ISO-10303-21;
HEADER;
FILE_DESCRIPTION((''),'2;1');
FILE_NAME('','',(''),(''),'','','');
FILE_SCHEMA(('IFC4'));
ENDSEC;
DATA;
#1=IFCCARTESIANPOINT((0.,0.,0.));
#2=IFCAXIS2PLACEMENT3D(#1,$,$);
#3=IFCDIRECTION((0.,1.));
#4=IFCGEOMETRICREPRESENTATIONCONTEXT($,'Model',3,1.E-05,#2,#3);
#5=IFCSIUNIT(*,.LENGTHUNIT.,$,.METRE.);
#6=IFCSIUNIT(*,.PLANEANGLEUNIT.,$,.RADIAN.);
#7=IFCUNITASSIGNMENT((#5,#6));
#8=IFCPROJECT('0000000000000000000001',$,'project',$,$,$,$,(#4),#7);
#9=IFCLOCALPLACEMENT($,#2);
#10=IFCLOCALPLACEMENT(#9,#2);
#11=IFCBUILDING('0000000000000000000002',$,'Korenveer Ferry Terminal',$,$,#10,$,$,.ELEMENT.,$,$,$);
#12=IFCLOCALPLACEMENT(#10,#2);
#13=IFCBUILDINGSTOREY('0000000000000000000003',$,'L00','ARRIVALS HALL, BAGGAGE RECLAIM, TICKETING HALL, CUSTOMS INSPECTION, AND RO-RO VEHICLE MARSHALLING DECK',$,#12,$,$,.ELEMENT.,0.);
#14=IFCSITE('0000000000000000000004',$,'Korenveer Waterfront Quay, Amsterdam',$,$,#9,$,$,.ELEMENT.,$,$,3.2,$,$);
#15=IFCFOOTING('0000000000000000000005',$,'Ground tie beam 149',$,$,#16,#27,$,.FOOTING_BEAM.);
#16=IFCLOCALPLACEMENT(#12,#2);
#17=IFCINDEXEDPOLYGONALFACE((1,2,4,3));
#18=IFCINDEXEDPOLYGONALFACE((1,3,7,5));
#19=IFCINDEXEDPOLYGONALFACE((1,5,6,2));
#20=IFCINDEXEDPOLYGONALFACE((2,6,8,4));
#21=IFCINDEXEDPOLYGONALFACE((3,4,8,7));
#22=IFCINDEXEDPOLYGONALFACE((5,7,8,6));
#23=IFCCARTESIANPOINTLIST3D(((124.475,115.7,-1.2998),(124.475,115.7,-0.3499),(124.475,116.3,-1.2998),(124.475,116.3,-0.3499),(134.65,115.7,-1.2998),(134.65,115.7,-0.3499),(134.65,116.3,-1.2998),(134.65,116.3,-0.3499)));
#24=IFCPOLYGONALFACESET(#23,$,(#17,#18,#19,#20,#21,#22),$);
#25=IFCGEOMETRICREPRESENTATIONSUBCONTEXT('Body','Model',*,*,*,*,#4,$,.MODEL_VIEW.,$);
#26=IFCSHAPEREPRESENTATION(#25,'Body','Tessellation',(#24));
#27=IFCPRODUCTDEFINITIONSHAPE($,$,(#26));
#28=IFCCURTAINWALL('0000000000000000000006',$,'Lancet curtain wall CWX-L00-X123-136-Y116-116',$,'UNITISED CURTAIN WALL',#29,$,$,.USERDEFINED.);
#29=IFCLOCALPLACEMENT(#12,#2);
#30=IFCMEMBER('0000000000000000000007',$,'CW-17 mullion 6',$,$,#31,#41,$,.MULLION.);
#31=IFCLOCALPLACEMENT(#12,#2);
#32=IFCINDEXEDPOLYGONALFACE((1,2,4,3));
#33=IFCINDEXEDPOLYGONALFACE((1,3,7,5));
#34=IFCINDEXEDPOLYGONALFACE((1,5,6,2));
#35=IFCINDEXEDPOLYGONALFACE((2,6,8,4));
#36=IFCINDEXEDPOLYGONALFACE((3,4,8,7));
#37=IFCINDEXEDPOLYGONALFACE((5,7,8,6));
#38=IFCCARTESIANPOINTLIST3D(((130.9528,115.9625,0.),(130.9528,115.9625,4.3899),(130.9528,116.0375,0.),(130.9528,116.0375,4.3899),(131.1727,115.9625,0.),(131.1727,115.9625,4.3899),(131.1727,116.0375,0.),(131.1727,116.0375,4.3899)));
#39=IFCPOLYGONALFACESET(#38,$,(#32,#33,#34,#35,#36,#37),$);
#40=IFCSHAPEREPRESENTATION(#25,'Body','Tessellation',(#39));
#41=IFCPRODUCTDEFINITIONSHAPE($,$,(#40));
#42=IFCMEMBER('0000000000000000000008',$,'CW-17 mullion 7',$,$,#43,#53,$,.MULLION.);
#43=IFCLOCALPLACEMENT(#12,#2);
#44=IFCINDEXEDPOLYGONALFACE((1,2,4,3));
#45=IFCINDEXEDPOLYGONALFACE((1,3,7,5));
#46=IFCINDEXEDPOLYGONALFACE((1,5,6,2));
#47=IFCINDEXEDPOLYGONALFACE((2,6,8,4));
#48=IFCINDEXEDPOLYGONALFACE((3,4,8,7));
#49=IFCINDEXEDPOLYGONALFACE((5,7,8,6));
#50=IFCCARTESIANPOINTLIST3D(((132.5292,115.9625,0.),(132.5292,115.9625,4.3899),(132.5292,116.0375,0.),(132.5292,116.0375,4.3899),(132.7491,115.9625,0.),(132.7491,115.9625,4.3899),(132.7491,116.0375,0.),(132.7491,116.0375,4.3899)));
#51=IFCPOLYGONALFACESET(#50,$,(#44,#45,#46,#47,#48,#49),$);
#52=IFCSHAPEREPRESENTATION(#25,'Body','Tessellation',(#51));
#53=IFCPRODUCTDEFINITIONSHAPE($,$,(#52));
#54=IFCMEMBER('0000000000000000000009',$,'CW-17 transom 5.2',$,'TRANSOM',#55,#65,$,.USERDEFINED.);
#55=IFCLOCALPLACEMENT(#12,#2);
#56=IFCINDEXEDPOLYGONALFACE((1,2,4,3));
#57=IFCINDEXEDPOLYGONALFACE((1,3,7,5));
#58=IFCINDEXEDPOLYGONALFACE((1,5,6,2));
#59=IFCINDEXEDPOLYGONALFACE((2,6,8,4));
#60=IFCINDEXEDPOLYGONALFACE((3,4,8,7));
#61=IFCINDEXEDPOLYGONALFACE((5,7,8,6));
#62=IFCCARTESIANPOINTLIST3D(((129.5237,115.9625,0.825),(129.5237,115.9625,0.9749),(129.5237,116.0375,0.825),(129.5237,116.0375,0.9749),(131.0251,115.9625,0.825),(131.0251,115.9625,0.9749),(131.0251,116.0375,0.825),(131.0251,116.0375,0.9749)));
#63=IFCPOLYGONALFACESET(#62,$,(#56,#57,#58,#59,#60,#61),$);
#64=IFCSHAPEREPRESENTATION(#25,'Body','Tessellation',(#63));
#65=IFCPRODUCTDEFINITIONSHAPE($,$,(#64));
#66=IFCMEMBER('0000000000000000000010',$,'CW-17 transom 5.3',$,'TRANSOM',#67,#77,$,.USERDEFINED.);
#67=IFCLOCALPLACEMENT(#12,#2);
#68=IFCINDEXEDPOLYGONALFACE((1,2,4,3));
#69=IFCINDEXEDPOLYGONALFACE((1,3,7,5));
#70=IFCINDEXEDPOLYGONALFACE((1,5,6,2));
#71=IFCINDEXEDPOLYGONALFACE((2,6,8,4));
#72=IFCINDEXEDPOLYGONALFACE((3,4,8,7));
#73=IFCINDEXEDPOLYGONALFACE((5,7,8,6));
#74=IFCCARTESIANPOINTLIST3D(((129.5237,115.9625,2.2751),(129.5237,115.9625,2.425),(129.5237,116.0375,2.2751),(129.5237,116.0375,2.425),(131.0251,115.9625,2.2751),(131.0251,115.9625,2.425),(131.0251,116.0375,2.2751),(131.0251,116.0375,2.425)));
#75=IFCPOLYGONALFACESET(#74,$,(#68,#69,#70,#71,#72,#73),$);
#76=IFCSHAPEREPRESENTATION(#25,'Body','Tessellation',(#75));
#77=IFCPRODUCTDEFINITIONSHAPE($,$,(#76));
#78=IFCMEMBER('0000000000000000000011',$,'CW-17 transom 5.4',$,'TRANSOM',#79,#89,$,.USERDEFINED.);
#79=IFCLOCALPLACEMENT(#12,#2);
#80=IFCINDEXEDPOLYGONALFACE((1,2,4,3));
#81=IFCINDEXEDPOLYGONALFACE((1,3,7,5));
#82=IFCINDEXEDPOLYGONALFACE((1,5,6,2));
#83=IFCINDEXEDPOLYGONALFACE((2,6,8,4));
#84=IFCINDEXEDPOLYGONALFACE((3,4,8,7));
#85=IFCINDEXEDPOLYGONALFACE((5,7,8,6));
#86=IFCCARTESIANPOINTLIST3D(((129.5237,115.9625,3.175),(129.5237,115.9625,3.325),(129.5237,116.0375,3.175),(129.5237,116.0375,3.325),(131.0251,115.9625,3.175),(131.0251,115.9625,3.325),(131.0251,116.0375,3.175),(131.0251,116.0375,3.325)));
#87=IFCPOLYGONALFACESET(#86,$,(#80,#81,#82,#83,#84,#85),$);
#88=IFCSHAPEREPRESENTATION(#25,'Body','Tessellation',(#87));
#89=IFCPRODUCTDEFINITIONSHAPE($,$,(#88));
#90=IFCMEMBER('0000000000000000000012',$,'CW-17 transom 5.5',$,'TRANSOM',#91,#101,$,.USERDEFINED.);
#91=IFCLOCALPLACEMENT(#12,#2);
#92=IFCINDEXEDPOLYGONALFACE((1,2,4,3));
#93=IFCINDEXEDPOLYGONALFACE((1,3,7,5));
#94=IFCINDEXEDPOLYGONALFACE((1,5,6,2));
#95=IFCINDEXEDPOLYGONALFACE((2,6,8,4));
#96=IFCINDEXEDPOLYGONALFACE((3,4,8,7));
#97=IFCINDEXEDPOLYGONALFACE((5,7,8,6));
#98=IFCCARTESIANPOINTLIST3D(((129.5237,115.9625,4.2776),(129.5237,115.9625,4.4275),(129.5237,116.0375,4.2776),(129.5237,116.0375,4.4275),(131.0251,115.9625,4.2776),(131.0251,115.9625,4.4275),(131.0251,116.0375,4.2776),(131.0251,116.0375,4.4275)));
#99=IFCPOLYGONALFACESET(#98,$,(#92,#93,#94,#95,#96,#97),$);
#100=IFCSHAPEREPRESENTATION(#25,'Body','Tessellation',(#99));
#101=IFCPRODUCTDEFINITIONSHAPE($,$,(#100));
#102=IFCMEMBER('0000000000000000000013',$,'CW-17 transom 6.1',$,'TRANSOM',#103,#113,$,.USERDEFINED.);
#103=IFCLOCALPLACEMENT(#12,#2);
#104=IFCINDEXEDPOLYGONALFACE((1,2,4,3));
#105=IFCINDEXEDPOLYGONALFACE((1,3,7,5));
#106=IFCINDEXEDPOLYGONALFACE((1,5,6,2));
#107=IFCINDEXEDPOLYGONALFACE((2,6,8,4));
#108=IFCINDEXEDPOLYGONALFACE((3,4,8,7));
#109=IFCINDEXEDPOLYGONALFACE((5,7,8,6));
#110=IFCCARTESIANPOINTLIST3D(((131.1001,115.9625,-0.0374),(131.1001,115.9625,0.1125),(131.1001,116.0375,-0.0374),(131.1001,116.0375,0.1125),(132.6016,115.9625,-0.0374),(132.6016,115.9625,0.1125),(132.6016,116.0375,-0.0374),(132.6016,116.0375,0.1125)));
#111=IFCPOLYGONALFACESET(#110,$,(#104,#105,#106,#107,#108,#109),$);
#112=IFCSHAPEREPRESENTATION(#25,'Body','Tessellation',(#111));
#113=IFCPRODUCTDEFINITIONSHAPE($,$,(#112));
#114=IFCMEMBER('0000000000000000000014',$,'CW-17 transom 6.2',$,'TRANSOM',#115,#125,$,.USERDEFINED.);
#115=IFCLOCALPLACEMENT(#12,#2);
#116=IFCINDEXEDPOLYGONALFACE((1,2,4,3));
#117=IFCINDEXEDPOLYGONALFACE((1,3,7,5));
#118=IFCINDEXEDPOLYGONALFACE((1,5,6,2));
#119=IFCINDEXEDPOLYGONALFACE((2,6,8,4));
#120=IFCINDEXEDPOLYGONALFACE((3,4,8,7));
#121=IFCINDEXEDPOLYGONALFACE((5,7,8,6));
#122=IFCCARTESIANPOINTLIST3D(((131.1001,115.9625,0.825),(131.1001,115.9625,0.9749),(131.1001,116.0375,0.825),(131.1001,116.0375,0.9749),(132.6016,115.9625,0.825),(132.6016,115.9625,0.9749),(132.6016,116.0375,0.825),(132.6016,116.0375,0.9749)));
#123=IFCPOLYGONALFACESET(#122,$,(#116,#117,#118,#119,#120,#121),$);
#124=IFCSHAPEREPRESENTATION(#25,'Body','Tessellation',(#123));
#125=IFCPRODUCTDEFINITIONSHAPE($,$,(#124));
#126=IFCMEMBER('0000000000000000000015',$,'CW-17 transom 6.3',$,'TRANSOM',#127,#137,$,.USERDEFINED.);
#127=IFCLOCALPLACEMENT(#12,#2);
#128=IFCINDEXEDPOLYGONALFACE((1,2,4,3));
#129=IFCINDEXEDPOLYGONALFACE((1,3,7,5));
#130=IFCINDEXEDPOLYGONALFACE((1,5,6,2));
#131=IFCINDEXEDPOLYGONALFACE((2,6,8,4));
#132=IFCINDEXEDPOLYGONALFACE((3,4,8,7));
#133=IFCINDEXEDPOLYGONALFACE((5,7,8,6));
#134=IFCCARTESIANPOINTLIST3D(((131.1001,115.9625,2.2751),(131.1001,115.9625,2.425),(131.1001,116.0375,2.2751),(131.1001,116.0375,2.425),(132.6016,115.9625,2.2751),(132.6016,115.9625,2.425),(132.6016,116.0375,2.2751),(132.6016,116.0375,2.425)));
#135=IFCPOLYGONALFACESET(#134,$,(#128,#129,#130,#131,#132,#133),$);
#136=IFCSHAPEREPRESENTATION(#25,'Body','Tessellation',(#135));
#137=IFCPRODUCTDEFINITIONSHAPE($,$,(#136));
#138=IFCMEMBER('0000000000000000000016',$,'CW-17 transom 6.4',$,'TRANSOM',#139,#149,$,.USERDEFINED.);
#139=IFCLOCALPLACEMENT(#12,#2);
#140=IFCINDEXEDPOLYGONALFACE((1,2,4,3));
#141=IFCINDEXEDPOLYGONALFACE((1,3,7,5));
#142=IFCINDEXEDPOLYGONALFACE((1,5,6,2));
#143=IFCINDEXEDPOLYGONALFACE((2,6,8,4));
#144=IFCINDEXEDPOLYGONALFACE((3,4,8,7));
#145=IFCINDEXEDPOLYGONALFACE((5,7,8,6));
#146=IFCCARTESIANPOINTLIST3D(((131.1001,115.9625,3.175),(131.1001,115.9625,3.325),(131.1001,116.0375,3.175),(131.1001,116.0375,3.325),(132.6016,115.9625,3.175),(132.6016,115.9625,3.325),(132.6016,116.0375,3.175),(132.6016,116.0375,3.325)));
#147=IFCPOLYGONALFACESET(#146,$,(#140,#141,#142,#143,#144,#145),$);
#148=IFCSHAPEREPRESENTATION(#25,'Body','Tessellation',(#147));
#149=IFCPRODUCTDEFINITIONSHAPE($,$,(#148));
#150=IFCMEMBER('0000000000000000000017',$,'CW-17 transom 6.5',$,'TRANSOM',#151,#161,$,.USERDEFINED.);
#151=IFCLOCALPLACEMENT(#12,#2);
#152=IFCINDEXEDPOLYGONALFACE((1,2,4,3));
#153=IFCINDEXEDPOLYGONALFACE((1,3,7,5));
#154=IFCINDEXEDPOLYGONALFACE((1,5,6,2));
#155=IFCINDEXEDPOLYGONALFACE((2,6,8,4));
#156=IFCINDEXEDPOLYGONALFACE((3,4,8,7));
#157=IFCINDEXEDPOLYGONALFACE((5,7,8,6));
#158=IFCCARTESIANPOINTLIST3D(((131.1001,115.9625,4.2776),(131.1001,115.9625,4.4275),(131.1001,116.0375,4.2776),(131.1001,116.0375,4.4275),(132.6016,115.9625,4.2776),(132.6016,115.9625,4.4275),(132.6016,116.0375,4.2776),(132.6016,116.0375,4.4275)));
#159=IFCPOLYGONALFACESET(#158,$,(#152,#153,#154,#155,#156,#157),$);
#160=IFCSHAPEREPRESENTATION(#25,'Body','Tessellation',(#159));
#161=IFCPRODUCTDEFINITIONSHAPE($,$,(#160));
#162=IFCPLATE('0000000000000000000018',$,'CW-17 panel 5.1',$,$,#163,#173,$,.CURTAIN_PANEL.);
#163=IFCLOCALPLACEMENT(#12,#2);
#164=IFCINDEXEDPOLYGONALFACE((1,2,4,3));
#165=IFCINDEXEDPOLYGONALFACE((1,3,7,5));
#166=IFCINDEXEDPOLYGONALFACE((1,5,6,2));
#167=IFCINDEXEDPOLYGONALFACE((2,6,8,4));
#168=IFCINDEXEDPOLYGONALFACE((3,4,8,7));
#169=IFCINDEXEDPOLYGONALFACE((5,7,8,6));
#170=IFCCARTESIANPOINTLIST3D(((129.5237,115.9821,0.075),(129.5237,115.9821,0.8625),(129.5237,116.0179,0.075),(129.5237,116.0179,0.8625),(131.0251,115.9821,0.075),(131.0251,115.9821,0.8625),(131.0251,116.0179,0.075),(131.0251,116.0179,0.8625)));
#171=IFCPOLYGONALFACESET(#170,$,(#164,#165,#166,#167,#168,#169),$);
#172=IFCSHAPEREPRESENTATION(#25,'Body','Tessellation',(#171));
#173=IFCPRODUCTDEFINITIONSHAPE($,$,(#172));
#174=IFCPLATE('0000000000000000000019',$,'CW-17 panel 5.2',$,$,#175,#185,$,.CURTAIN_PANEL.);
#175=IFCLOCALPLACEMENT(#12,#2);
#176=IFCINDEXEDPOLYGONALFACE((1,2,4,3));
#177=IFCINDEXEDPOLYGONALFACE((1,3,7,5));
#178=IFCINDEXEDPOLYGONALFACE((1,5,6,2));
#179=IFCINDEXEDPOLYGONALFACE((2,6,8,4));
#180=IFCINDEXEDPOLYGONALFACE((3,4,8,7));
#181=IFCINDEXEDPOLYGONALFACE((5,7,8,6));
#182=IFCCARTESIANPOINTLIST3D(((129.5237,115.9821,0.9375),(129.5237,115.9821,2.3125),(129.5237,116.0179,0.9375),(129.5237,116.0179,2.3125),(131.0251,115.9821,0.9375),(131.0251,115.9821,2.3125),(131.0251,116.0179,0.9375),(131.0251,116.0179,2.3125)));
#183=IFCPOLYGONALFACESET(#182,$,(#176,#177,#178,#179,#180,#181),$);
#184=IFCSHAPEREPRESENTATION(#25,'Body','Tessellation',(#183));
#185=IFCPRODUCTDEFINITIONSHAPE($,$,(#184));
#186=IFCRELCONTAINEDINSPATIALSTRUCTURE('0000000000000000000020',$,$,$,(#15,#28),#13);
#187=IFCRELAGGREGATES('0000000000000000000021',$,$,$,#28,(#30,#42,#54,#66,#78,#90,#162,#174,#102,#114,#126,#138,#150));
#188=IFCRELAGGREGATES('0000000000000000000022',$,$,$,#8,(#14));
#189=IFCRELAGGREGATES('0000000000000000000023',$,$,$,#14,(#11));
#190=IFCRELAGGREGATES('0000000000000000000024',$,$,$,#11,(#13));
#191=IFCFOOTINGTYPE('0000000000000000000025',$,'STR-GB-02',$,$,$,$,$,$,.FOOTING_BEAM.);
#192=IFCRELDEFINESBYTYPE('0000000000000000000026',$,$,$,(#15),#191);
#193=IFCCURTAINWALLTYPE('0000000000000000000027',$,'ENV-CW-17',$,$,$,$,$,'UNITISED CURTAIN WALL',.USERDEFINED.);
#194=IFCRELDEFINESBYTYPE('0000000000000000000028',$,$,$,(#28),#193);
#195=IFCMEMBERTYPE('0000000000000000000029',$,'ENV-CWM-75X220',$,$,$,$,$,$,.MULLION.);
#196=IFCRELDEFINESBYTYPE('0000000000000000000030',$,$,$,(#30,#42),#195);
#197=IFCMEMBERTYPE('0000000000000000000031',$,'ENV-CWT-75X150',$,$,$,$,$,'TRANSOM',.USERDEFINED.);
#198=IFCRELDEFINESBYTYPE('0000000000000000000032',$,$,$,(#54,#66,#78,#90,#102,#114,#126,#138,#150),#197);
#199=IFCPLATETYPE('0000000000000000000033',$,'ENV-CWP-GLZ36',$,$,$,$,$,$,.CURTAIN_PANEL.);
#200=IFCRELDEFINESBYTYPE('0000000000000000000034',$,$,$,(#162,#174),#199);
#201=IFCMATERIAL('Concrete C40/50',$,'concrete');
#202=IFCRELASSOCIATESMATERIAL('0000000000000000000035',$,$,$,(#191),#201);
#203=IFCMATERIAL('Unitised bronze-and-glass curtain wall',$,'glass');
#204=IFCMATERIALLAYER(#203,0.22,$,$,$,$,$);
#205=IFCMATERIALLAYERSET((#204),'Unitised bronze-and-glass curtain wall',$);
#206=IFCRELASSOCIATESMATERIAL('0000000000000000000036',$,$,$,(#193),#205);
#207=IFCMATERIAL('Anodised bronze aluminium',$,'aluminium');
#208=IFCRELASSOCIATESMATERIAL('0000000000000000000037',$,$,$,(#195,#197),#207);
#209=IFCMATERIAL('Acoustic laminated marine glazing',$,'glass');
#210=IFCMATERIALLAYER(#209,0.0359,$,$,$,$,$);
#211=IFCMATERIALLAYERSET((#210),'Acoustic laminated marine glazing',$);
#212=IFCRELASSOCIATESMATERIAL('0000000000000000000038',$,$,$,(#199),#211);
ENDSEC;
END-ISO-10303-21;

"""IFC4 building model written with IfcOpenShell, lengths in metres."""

from ifc_helpers import new_model, si_unit, direction, frame, origin, origin_2d, place, context, subcontext, project, spatial, rectangle, extrude, material, layer, layer_set, material_profile, profile_set, type_object, element, aggregate, save


model = new_model("IFC4")

# Units and contexts
model_context = context("Model", 3, precision=1e-05, world=origin(), true_north=direction((0.0, 1.0)))
body_context = subcontext(model_context, "Body", "Model", "MODEL_VIEW")
ifc_project = project(units=[si_unit("LENGTHUNIT", "METRE"), si_unit("PLANEANGLEUNIT", "RADIAN")], contexts=[model_context])

# Site, building, storey
site_placement = place(None, origin())
site = spatial("IfcSite", under=ifc_project, at=site_placement, Name="Korenveer Waterfront Quay, Amsterdam", CompositionType="ELEMENT", RefElevation=3.2)
building_placement = place(site_placement, origin())
building = spatial("IfcBuilding", under=site, at=building_placement, Name="Korenveer Ferry Terminal", CompositionType="ELEMENT")
storey_placement = place(building_placement, origin())
storey = spatial("IfcBuildingStorey", under=building, at=storey_placement, Name="L00", Description="ARRIVALS HALL, BAGGAGE RECLAIM, TICKETING HALL, CUSTOMS INSPECTION, AND RO-RO VEHICLE MARSHALLING DECK", CompositionType="ELEMENT", Elevation=0.0)

# Footing
ifc_material_1 = material(Name="Concrete C40/50", Category="concrete")
footing_type = type_object("IfcFootingType", Name="STR-GB-02", PredefinedType="FOOTING_BEAM", material=ifc_material_1)
footing_placement = place(storey_placement, frame((129.5625, 116.0, -1.2998), z_axis=(0.0, 0.0, 1.0), x_axis=(1.0, 0.0, 0.0)))
element("IfcFooting", 1, at=footing_placement, inside=storey, type_object=footing_type, Name="Ground tie beam 149", PredefinedType="FOOTING_BEAM", context=body_context, shape_type="SweptSolid", body=[
    extrude(rectangle(XDim=10.175, YDim=0.6001, at=origin_2d()), origin(), (0.0, 0.0, 1.0), 0.95),
])

# Curtain wall, members, plates
ifc_material_2 = material(Name="Unitised bronze-and-glass curtain wall", Category="glass")
ifc_layer_1 = layer(ifc_material_2, 0.22)
ifc_layer_set_1 = layer_set([ifc_layer_1], Name="Unitised bronze-and-glass curtain wall")
curtain_wall_type = type_object("IfcCurtainWallType", Name="ENV-CW-17", ElementType="UNITISED CURTAIN WALL", PredefinedType="USERDEFINED", material=ifc_layer_set_1)
curtain_wall_placement = place(storey_placement, frame((123.1799, 116.0, 0.0)))
curtain_wall = element("IfcCurtainWall", 2, at=curtain_wall_placement, inside=storey, type_object=curtain_wall_type, Name="Lancet curtain wall CWX-L00-X123-136-Y116-116", ObjectType="UNITISED CURTAIN WALL", PredefinedType="USERDEFINED")
ifc_material_3 = material(Name="Anodised bronze aluminium", Category="aluminium")
ifc_material_profile_1 = material_profile(ifc_material_3, rectangle(XDim=0.075, YDim=0.22, at=origin_2d()), Name="ALU 75x220")
ifc_profile_set_1 = profile_set([ifc_material_profile_1], Name="Anodised bronze aluminium")
member_type_1 = type_object("IfcMemberType", Name="ENV-CWM-75X220", PredefinedType="MULLION", material=ifc_profile_set_1)
member_1_placement = place(storey_placement, frame((131.0627, 116.0, 0.0), z_axis=(0.0, 0.0, 1.0), x_axis=(0.0, 1.0, 0.0)))
member_1 = element("IfcMember", 3, at=member_1_placement, type_object=member_type_1, Name="CW-17 mullion 6", PredefinedType="MULLION", context=body_context, shape_type="SweptSolid", body=[
    extrude(rectangle(XDim=0.075, YDim=0.22, at=origin_2d()), origin(), (0.0, 0.0, 1.0), 4.3899),
])
member_2_placement = place(storey_placement, frame((132.6392, 116.0, 0.0), z_axis=(0.0, 0.0, 1.0), x_axis=(0.0, 1.0, 0.0)))
member_2 = element("IfcMember", 4, at=member_2_placement, type_object=member_type_1, Name="CW-17 mullion 7", PredefinedType="MULLION", context=body_context, shape_type="SweptSolid", body=[
    extrude(rectangle(XDim=0.075, YDim=0.22, at=origin_2d()), origin(), (0.0, 0.0, 1.0), 4.3899),
])
ifc_material_profile_2 = material_profile(ifc_material_3, rectangle(XDim=0.075, YDim=0.1499, at=origin_2d()), Name="ALU 75x150")
ifc_profile_set_2 = profile_set([ifc_material_profile_2], Name="Anodised bronze aluminium")
member_type_2 = type_object("IfcMemberType", Name="ENV-CWT-75X150", ElementType="TRANSOM", PredefinedType="USERDEFINED", material=ifc_profile_set_2)
member_3_placement = place(storey_placement, frame((129.5237, 116.0, 0.8999), z_axis=(1.0, 0.0, 0.0), x_axis=(0.0, 1.0, 0.0)))
member_3 = element("IfcMember", 5, at=member_3_placement, type_object=member_type_2, Name="CW-17 transom 5.2", ObjectType="TRANSOM", PredefinedType="USERDEFINED", context=body_context, shape_type="SweptSolid", body=[
    extrude(rectangle(XDim=0.075, YDim=0.1499, at=origin_2d()), origin(), (0.0, 0.0, 1.0), 1.5015),
])
member_4_placement = place(storey_placement, frame((129.5237, 116.0, 2.3501), z_axis=(1.0, 0.0, 0.0), x_axis=(0.0, 1.0, 0.0)))
member_4 = element("IfcMember", 6, at=member_4_placement, type_object=member_type_2, Name="CW-17 transom 5.3", ObjectType="TRANSOM", PredefinedType="USERDEFINED", context=body_context, shape_type="SweptSolid", body=[
    extrude(rectangle(XDim=0.075, YDim=0.1499, at=origin_2d()), origin(), (0.0, 0.0, 1.0), 1.5015),
])
member_5_placement = place(storey_placement, frame((129.5237, 116.0, 3.25), z_axis=(1.0, 0.0, 0.0), x_axis=(0.0, 1.0, 0.0)))
member_5 = element("IfcMember", 7, at=member_5_placement, type_object=member_type_2, Name="CW-17 transom 5.4", ObjectType="TRANSOM", PredefinedType="USERDEFINED", context=body_context, shape_type="SweptSolid", body=[
    extrude(rectangle(XDim=0.075, YDim=0.1499, at=origin_2d()), origin(), (0.0, 0.0, 1.0), 1.5015),
])
member_6_placement = place(storey_placement, frame((129.5237, 116.0, 4.3525), z_axis=(1.0, 0.0, 0.0), x_axis=(0.0, 1.0, 0.0)))
member_6 = element("IfcMember", 8, at=member_6_placement, type_object=member_type_2, Name="CW-17 transom 5.5", ObjectType="TRANSOM", PredefinedType="USERDEFINED", context=body_context, shape_type="SweptSolid", body=[
    extrude(rectangle(XDim=0.075, YDim=0.1499, at=origin_2d()), origin(), (0.0, 0.0, 1.0), 1.5015),
])
member_7_placement = place(storey_placement, frame((131.1001, 116.0, 0.0376), z_axis=(1.0, 0.0, 0.0), x_axis=(0.0, 1.0, 0.0)))
member_7 = element("IfcMember", 9, at=member_7_placement, type_object=member_type_2, Name="CW-17 transom 6.1", ObjectType="TRANSOM", PredefinedType="USERDEFINED", context=body_context, shape_type="SweptSolid", body=[
    extrude(rectangle(XDim=0.075, YDim=0.1499, at=origin_2d()), origin(), (0.0, 0.0, 1.0), 1.5015),
])
member_8_placement = place(storey_placement, frame((131.1001, 116.0, 0.8999), z_axis=(1.0, 0.0, 0.0), x_axis=(0.0, 1.0, 0.0)))
member_8 = element("IfcMember", 10, at=member_8_placement, type_object=member_type_2, Name="CW-17 transom 6.2", ObjectType="TRANSOM", PredefinedType="USERDEFINED", context=body_context, shape_type="SweptSolid", body=[
    extrude(rectangle(XDim=0.075, YDim=0.1499, at=origin_2d()), origin(), (0.0, 0.0, 1.0), 1.5015),
])
member_9_placement = place(storey_placement, frame((131.1001, 116.0, 2.3501), z_axis=(1.0, 0.0, 0.0), x_axis=(0.0, 1.0, 0.0)))
member_9 = element("IfcMember", 11, at=member_9_placement, type_object=member_type_2, Name="CW-17 transom 6.3", ObjectType="TRANSOM", PredefinedType="USERDEFINED", context=body_context, shape_type="SweptSolid", body=[
    extrude(rectangle(XDim=0.075, YDim=0.1499, at=origin_2d()), origin(), (0.0, 0.0, 1.0), 1.5015),
])
member_10_placement = place(storey_placement, frame((131.1001, 116.0, 3.25), z_axis=(1.0, 0.0, 0.0), x_axis=(0.0, 1.0, 0.0)))
member_10 = element("IfcMember", 12, at=member_10_placement, type_object=member_type_2, Name="CW-17 transom 6.4", ObjectType="TRANSOM", PredefinedType="USERDEFINED", context=body_context, shape_type="SweptSolid", body=[
    extrude(rectangle(XDim=0.075, YDim=0.1499, at=origin_2d()), origin(), (0.0, 0.0, 1.0), 1.5015),
])
member_11_placement = place(storey_placement, frame((131.1001, 116.0, 4.3525), z_axis=(1.0, 0.0, 0.0), x_axis=(0.0, 1.0, 0.0)))
member_11 = element("IfcMember", 13, at=member_11_placement, type_object=member_type_2, Name="CW-17 transom 6.5", ObjectType="TRANSOM", PredefinedType="USERDEFINED", context=body_context, shape_type="SweptSolid", body=[
    extrude(rectangle(XDim=0.075, YDim=0.1499, at=origin_2d()), origin(), (0.0, 0.0, 1.0), 1.5015),
])
ifc_material_4 = material(Name="Acoustic laminated marine glazing", Category="glass")
ifc_layer_2 = layer(ifc_material_4, 0.0359)
ifc_layer_set_2 = layer_set([ifc_layer_2], Name="Acoustic laminated marine glazing")
plate_type = type_object("IfcPlateType", Name="ENV-CWP-GLZ36", PredefinedType="CURTAIN_PANEL", material=ifc_layer_set_2)
plate_1_placement = place(storey_placement, frame((130.2744, 116.0, 0.075), z_axis=(0.0, 0.0, 1.0), x_axis=(1.0, 0.0, 0.0)))
plate_1 = element("IfcPlate", 14, at=plate_1_placement, type_object=plate_type, Name="CW-17 panel 5.1", PredefinedType="CURTAIN_PANEL", context=body_context, shape_type="SweptSolid", body=[
    extrude(rectangle(XDim=1.5015, YDim=0.0359, at=origin_2d()), origin(), (0.0, 0.0, 1.0), 0.7876),
])
plate_2_placement = place(storey_placement, frame((130.2744, 116.0, 0.9375), z_axis=(0.0, 0.0, 1.0), x_axis=(1.0, 0.0, 0.0)))
plate_2 = element("IfcPlate", 15, at=plate_2_placement, type_object=plate_type, Name="CW-17 panel 5.2", PredefinedType="CURTAIN_PANEL", context=body_context, shape_type="SweptSolid", body=[
    extrude(rectangle(XDim=1.5015, YDim=0.0359, at=origin_2d()), origin(), (0.0, 0.0, 1.0), 1.375),
])
aggregate(curtain_wall, [member_1, member_2, member_3, member_4, member_5, member_6, plate_1, plate_2, member_7, member_8, member_9, member_10, member_11])

save(model, "model.ifc")
